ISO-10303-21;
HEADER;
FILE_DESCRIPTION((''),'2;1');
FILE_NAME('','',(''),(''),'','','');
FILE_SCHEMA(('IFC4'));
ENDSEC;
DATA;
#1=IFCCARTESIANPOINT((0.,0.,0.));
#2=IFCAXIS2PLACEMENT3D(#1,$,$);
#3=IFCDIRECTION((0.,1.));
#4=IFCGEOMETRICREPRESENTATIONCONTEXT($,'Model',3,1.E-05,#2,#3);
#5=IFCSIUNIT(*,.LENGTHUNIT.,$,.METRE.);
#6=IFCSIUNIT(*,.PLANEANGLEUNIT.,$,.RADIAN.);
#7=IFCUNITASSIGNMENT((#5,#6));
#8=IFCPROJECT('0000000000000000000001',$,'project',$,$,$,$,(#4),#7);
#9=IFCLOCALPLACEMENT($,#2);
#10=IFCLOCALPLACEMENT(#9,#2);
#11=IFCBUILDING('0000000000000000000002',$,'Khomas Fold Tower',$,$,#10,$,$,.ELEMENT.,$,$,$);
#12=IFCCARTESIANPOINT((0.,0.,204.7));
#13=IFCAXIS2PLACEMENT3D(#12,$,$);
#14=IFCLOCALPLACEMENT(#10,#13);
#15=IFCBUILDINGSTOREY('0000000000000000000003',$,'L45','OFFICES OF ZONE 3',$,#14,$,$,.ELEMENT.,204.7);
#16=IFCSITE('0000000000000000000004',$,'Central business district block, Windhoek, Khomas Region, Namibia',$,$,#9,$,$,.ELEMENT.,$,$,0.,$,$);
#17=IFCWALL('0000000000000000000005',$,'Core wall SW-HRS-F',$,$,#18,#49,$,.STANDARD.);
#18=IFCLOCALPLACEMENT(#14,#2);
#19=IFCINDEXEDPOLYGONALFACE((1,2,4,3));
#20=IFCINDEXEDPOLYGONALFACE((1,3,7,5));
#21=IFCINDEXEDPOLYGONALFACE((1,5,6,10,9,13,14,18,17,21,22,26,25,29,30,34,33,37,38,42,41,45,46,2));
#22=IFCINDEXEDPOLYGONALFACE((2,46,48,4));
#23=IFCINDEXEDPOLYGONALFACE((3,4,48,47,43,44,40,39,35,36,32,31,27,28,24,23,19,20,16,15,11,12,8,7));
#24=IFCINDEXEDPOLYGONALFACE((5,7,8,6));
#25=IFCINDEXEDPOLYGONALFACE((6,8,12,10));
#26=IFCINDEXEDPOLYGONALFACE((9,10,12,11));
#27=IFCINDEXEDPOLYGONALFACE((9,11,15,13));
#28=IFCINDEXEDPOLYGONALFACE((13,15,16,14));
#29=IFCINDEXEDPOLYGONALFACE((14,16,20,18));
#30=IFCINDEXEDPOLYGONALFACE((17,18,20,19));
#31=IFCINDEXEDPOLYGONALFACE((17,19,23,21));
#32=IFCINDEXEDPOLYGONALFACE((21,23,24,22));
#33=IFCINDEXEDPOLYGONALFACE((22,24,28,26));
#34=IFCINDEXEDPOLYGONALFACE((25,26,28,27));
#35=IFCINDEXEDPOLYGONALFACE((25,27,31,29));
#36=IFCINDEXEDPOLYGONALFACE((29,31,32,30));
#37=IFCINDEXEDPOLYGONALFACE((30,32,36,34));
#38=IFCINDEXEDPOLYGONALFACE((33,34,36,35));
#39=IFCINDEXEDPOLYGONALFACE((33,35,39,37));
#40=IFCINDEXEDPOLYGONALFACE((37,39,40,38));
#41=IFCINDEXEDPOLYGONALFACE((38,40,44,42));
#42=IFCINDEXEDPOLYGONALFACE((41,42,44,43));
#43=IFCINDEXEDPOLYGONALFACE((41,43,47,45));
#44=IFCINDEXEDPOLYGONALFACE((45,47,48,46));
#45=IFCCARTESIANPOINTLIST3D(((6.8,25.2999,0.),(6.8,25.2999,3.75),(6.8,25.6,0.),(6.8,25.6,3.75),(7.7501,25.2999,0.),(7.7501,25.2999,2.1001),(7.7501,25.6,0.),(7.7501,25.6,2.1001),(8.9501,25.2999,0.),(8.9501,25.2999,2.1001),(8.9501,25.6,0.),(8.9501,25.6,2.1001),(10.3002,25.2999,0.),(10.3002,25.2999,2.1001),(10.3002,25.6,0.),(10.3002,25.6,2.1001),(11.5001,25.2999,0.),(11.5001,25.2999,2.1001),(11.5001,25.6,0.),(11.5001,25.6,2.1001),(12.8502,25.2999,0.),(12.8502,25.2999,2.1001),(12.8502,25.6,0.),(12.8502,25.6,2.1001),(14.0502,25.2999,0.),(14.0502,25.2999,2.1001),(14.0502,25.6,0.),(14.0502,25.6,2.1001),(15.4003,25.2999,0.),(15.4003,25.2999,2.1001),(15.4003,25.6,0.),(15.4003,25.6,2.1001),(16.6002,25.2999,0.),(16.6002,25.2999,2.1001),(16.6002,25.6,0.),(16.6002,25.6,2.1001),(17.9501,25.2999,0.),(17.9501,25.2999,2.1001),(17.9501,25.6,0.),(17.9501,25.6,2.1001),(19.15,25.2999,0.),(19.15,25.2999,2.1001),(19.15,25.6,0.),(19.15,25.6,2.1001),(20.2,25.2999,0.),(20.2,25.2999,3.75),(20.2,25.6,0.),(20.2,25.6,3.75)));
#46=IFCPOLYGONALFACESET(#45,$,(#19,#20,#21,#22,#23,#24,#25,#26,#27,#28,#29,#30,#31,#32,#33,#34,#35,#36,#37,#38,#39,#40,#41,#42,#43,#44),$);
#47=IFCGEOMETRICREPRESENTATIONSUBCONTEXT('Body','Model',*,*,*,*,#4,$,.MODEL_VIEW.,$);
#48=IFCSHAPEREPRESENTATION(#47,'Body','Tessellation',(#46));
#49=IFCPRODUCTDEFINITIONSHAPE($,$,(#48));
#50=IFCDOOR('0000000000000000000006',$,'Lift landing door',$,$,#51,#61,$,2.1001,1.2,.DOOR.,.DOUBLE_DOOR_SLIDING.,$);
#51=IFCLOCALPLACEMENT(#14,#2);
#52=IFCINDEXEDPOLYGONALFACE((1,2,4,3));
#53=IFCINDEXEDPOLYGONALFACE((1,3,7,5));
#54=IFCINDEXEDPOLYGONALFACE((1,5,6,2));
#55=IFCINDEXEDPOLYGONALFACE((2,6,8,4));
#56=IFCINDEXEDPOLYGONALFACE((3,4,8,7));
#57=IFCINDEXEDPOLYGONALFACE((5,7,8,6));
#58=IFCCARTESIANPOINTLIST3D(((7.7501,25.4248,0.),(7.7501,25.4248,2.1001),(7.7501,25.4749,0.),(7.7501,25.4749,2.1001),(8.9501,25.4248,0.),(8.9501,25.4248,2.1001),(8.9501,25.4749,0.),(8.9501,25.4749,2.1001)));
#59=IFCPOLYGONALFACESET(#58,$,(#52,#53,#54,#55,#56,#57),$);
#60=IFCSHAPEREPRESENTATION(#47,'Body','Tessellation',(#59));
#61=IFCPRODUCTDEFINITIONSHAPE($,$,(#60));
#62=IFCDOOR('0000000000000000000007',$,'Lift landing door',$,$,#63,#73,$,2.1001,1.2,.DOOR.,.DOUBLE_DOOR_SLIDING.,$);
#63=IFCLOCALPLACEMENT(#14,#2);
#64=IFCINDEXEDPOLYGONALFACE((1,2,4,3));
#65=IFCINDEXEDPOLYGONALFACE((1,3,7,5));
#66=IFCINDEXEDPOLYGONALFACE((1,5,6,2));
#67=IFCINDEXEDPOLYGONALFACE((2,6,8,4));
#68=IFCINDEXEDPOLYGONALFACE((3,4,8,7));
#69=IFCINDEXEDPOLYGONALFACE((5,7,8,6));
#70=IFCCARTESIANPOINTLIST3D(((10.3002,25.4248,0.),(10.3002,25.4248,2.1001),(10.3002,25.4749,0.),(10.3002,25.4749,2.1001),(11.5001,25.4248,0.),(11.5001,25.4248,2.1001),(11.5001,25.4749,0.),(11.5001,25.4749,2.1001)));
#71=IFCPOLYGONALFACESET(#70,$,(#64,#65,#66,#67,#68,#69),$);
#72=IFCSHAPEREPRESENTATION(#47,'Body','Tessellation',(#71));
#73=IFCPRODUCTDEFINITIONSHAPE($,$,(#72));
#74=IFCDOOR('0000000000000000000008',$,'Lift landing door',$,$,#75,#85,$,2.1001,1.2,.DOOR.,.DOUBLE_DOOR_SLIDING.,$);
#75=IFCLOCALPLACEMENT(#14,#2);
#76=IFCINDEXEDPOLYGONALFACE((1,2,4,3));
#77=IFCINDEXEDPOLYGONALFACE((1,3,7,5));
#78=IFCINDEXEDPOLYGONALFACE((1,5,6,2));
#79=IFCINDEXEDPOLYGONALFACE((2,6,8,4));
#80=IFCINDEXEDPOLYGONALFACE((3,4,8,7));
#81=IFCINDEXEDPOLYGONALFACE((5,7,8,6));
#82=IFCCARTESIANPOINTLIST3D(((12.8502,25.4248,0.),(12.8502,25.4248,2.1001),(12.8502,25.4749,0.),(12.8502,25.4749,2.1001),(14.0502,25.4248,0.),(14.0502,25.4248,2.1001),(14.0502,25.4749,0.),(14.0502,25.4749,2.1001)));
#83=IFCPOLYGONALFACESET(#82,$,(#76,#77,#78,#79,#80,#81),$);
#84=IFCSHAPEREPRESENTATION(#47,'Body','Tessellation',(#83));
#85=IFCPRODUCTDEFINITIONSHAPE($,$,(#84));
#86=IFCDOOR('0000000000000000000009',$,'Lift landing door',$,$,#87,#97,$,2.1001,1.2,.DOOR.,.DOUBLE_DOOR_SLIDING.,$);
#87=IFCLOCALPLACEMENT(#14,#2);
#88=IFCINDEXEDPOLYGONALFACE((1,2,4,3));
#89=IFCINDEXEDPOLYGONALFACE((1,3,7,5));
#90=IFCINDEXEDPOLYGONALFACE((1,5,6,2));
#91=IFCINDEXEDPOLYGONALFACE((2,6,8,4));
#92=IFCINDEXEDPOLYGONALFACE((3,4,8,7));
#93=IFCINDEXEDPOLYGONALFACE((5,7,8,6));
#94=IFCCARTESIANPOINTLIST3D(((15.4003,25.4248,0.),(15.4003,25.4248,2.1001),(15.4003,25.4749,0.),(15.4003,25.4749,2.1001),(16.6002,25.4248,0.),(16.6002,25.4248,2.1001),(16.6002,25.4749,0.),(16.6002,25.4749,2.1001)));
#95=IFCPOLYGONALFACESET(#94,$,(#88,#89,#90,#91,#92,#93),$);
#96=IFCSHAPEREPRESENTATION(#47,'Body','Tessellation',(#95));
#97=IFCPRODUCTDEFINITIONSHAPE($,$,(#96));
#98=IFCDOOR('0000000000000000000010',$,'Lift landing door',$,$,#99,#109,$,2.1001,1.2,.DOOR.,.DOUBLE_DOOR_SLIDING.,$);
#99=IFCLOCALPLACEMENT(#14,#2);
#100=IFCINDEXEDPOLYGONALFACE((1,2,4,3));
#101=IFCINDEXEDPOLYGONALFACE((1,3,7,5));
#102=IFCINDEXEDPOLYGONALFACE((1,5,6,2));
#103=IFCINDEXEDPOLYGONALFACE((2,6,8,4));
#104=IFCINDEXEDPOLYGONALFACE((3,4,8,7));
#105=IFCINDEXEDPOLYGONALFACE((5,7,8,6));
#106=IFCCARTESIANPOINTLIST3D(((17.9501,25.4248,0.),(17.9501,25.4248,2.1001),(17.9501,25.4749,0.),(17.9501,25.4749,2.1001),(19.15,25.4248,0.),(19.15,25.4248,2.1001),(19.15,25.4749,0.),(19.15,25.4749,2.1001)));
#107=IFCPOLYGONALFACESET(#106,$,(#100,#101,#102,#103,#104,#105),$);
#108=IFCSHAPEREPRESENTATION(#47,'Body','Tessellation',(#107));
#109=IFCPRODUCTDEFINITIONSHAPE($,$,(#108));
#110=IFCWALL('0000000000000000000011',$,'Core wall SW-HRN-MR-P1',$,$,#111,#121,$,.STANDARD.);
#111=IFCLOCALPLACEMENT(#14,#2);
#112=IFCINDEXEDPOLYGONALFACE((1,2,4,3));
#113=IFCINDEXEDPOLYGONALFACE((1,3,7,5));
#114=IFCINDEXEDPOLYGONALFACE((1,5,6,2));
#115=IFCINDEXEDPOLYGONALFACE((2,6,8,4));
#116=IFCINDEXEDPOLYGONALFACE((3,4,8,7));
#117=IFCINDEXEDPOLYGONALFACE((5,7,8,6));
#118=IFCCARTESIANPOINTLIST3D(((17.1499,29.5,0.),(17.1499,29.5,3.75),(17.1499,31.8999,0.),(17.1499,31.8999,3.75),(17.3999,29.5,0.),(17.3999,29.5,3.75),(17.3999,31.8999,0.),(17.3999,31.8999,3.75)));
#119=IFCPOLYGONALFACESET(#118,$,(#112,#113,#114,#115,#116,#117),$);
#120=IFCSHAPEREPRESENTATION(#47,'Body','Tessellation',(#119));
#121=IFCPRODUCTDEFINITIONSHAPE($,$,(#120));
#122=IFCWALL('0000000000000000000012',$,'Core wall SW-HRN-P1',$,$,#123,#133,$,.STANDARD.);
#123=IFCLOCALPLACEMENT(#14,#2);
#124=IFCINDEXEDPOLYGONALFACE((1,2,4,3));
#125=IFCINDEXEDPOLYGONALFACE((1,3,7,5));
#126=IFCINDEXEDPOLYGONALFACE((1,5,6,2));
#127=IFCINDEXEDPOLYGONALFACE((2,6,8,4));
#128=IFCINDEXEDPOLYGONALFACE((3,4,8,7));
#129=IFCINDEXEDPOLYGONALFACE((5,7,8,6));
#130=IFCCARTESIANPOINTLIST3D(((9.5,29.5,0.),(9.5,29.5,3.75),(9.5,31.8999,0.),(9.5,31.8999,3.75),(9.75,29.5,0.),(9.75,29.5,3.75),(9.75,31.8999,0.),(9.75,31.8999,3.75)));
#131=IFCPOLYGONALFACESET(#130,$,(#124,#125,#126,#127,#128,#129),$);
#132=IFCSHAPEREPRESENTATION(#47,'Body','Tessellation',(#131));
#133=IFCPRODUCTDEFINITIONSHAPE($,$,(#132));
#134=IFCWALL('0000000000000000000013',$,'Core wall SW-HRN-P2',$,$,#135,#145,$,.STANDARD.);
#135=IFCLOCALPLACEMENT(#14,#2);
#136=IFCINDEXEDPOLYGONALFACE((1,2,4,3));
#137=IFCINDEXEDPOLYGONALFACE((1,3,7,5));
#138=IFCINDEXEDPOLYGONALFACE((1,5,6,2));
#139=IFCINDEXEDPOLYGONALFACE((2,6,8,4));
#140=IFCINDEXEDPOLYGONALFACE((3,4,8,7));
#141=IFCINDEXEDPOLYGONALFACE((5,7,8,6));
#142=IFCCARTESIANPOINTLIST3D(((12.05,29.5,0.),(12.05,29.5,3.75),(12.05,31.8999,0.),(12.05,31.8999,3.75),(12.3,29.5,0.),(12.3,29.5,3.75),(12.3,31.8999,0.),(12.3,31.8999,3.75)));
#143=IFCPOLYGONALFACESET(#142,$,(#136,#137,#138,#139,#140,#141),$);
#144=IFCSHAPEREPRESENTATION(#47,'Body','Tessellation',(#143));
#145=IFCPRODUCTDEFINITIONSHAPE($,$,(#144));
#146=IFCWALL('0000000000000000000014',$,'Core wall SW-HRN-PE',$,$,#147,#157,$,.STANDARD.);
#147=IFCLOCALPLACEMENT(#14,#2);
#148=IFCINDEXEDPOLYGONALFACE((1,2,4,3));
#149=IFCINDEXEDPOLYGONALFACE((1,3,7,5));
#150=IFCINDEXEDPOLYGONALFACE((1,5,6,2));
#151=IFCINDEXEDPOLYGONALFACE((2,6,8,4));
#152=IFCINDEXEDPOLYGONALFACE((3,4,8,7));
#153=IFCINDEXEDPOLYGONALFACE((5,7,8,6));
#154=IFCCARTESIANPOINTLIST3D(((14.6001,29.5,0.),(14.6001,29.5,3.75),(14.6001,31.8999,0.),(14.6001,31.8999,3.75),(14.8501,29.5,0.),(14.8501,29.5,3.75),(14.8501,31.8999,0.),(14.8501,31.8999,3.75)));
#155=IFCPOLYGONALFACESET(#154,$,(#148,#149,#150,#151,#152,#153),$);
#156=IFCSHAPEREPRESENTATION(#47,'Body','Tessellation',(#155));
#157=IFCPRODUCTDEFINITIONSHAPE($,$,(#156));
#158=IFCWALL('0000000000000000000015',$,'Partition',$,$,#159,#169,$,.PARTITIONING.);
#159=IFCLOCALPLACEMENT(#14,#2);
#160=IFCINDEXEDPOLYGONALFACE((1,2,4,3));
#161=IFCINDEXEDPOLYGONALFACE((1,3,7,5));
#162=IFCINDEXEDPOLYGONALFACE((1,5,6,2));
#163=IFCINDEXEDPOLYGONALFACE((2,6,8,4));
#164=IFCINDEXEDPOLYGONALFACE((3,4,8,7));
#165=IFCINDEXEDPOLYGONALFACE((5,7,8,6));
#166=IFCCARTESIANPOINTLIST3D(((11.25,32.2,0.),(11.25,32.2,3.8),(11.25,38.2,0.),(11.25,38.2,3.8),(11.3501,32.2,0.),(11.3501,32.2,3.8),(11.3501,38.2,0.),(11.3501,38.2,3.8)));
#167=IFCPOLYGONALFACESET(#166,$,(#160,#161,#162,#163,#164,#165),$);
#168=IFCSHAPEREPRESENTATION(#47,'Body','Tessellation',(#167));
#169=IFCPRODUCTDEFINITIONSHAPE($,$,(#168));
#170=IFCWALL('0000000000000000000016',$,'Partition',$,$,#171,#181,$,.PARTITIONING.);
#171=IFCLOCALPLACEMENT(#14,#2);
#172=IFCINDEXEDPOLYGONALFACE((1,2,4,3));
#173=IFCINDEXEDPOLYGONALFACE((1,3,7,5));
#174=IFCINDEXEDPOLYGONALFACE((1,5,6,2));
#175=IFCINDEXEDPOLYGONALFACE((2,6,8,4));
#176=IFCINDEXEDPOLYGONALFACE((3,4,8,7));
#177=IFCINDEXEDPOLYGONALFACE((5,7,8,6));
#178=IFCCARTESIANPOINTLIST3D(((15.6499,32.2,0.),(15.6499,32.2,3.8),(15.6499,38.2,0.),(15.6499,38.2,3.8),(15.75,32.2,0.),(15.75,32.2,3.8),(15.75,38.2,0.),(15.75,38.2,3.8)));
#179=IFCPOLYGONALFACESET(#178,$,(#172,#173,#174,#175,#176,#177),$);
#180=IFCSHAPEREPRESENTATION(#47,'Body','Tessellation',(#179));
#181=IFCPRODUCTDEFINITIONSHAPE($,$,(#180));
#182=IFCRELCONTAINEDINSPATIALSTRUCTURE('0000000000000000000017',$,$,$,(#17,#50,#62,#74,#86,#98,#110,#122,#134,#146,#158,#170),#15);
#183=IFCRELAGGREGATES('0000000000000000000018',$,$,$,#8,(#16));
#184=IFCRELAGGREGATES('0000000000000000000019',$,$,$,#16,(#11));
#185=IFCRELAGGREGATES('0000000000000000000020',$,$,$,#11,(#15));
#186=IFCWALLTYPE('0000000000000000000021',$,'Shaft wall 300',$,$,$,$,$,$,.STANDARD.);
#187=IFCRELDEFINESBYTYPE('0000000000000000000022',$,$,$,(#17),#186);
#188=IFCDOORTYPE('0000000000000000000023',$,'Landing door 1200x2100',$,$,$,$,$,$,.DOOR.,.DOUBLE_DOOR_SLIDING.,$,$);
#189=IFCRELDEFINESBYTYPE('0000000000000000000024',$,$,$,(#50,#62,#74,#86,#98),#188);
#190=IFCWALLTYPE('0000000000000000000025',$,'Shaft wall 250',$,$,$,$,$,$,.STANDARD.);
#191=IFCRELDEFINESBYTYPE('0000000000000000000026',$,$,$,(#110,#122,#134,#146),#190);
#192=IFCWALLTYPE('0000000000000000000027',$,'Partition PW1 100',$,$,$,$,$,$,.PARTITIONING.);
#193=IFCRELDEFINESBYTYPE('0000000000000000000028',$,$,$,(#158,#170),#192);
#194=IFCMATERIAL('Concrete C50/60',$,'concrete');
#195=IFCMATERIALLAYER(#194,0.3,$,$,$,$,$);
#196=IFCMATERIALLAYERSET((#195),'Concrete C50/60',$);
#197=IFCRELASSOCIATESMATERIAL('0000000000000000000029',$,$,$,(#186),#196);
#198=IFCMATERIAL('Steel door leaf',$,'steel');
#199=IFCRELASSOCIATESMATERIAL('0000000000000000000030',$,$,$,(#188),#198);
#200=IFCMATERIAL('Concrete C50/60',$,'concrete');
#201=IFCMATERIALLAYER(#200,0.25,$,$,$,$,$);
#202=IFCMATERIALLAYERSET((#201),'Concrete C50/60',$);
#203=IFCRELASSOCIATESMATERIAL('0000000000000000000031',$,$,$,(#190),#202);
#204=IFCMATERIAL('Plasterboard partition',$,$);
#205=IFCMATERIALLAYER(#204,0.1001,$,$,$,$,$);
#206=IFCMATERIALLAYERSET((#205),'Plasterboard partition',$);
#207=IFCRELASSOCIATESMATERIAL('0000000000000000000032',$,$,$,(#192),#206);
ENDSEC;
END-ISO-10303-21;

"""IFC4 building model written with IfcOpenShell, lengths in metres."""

from ifc_helpers import new_model, si_unit, direction, frame, frame_2d, origin, place, context, subcontext, project, spatial, rectangle, extrude, source, transform, mapped, material, layer, layer_set, type_object, element, fill, save


model = new_model("IFC4")

# Units and contexts
model_context = context("Model", 3, precision=1e-05, world=origin(), true_north=direction((0.0, 1.0)))
body_context = subcontext(model_context, "Body", "Model", "MODEL_VIEW")
ifc_project = project(units=[si_unit("LENGTHUNIT", "METRE"), si_unit("PLANEANGLEUNIT", "RADIAN")], contexts=[model_context])

# Site, building, storey
site_placement = place(None, origin())
site = spatial("IfcSite", under=ifc_project, at=site_placement, Name="Central business district block, Windhoek, Khomas Region, Namibia", CompositionType="ELEMENT", RefElevation=0.0)
building_placement = place(site_placement, origin())
building = spatial("IfcBuilding", under=site, at=building_placement, Name="Khomas Fold Tower", CompositionType="ELEMENT")
storey_placement = place(building_placement, frame((0.0, 0.0, 204.7)))
storey = spatial("IfcBuildingStorey", under=building, at=storey_placement, Name="L45", Description="OFFICES OF ZONE 3", CompositionType="ELEMENT", Elevation=204.7)

# Shared definitions
ifc_material_1 = material(Name="Concrete C50/60", Category="concrete")
ifc_layer_1 = layer(ifc_material_1, 0.3)
ifc_layer_set_1 = layer_set([ifc_layer_1], Name="Concrete C50/60")
wall_type_1 = type_object("IfcWallType", Name="Shaft wall 300", PredefinedType="STANDARD", material=ifc_layer_set_1)
shared_shape_1 = source(origin(), body_context, "Body", "SweptSolid", [
    extrude(rectangle(XDim=13.3999, YDim=0.3, at=frame_2d((6.7, 0.0))), origin(), (0.0, 0.0, 1.0), 3.75),
])

# Wall, openings, doors
shared_shape_2 = source(origin(), body_context, "Body", "SweptSolid", [
    extrude(rectangle(XDim=1.2, YDim=2.1001, at=frame_2d((0.6001, 1.05))), frame((0.0, 0.1599, 0.0), z_axis=(0.0, -1.0, 0.0), x_axis=(1.0, 0.0, 0.0)), (0.0, 0.0, 1.0), 0.3201),
])
ifc_material_2 = material(Name="Steel door leaf", Category="steel")
door_type_1 = type_object("IfcDoorType", Name="Landing door 1200x2100", OperationType="DOUBLE_DOOR_SLIDING", PredefinedType="DOOR", material=ifc_material_2)
shared_shape_3 = source(origin(), body_context, "Body", "SweptSolid", [
    extrude(rectangle(XDim=1.2, YDim=2.1001, at=frame_2d((0.6001, 1.05))), frame((0.0, 0.0249, 0.0), z_axis=(0.0, -1.0, 0.0), x_axis=(1.0, 0.0, 0.0)), (0.0, 0.0, 1.0), 0.05),
])
wall_1_placement = place(storey_placement, frame((6.8, 25.45, 0.0), z_axis=(0.0, 0.0, 1.0), x_axis=(1.0, 0.0, 0.0)))
wall_1 = element("IfcWall", 1, at=wall_1_placement, inside=storey, type_object=wall_type_1, Name="Core wall SW-HRS-F", PredefinedType="STANDARD", context=body_context, shape_type="MappedRepresentation", body=[
    mapped(shared_shape_1, transform((0.0, 0.0, 0.0))),
])
opening_1_placement = place(wall_1_placement, frame((0.95, 0.0, 0.0)))
opening_1 = element("IfcOpeningElement", 2, at=opening_1_placement, cuts=wall_1, PredefinedType="OPENING", context=body_context, shape_type="MappedRepresentation", body=[
    mapped(shared_shape_2, transform((0.0, 0.0, 0.0))),
])
opening_2_placement = place(wall_1_placement, frame((3.5, 0.0, 0.0)))
opening_2 = element("IfcOpeningElement", 3, at=opening_2_placement, cuts=wall_1, PredefinedType="OPENING", context=body_context, shape_type="MappedRepresentation", body=[
    mapped(shared_shape_2, transform((0.0, 0.0, 0.0))),
])
opening_3_placement = place(wall_1_placement, frame((6.05, 0.0, 0.0)))
opening_3 = element("IfcOpeningElement", 4, at=opening_3_placement, cuts=wall_1, PredefinedType="OPENING", context=body_context, shape_type="MappedRepresentation", body=[
    mapped(shared_shape_2, transform((0.0, 0.0, 0.0))),
])
opening_4_placement = place(wall_1_placement, frame((8.6001, 0.0, 0.0)))
opening_4 = element("IfcOpeningElement", 5, at=opening_4_placement, cuts=wall_1, PredefinedType="OPENING", context=body_context, shape_type="MappedRepresentation", body=[
    mapped(shared_shape_2, transform((0.0, 0.0, 0.0))),
])
opening_5_placement = place(wall_1_placement, frame((11.1499, 0.0, 0.0)))
opening_5 = element("IfcOpeningElement", 6, at=opening_5_placement, cuts=wall_1, PredefinedType="OPENING", context=body_context, shape_type="MappedRepresentation", body=[
    mapped(shared_shape_2, transform((0.0, 0.0, 0.0))),
])
door_1_placement = place(opening_1_placement, origin())
door_1 = element("IfcDoor", 7, at=door_1_placement, inside=storey, type_object=door_type_1, Name="Lift landing door", OperationType="DOUBLE_DOOR_SLIDING", OverallHeight=2.1001, OverallWidth=1.2, PredefinedType="DOOR", context=body_context, shape_type="MappedRepresentation", body=[
    mapped(shared_shape_3, transform((0.0, 0.0, 0.0))),
])
fill(opening_1, door_1)
door_2_placement = place(opening_2_placement, origin())
door_2 = element("IfcDoor", 8, at=door_2_placement, inside=storey, type_object=door_type_1, Name="Lift landing door", OperationType="DOUBLE_DOOR_SLIDING", OverallHeight=2.1001, OverallWidth=1.2, PredefinedType="DOOR", context=body_context, shape_type="MappedRepresentation", body=[
    mapped(shared_shape_3, transform((0.0, 0.0, 0.0))),
])
fill(opening_2, door_2)
door_3_placement = place(opening_3_placement, origin())
door_3 = element("IfcDoor", 9, at=door_3_placement, inside=storey, type_object=door_type_1, Name="Lift landing door", OperationType="DOUBLE_DOOR_SLIDING", OverallHeight=2.1001, OverallWidth=1.2, PredefinedType="DOOR", context=body_context, shape_type="MappedRepresentation", body=[
    mapped(shared_shape_3, transform((0.0, 0.0, 0.0))),
])
fill(opening_3, door_3)
door_4_placement = place(opening_4_placement, origin())
door_4 = element("IfcDoor", 10, at=door_4_placement, inside=storey, type_object=door_type_1, Name="Lift landing door", OperationType="DOUBLE_DOOR_SLIDING", OverallHeight=2.1001, OverallWidth=1.2, PredefinedType="DOOR", context=body_context, shape_type="MappedRepresentation", body=[
    mapped(shared_shape_3, transform((0.0, 0.0, 0.0))),
])
fill(opening_4, door_4)
door_5_placement = place(opening_5_placement, origin())
door_5 = element("IfcDoor", 11, at=door_5_placement, inside=storey, type_object=door_type_1, Name="Lift landing door", OperationType="DOUBLE_DOOR_SLIDING", OverallHeight=2.1001, OverallWidth=1.2, PredefinedType="DOOR", context=body_context, shape_type="MappedRepresentation", body=[
    mapped(shared_shape_3, transform((0.0, 0.0, 0.0))),
])
fill(opening_5, door_5)

# Walls
ifc_material_3 = material(Name="Concrete C50/60", Category="concrete")
ifc_layer_2 = layer(ifc_material_3, 0.25)
ifc_layer_set_2 = layer_set([ifc_layer_2], Name="Concrete C50/60")
wall_type_2 = type_object("IfcWallType", Name="Shaft wall 250", PredefinedType="STANDARD", material=ifc_layer_set_2)
shared_shape_4 = source(origin(), body_context, "Body", "SweptSolid", [
    extrude(rectangle(XDim=2.3999, YDim=0.25, at=frame_2d((1.2, 0.0))), origin(), (0.0, 0.0, 1.0), 3.75),
])
for number, where, z_axis, x_axis, name in (
    (12, (17.2749, 29.5, 0.0), (0.0, 0.0, 1.0), (0.0, 1.0, 0.0), "Core wall SW-HRN-MR-P1"),
    (13, (9.625, 29.5, 0.0), (0.0, 0.0, 1.0), (0.0, 1.0, 0.0), "Core wall SW-HRN-P1"),
    (14, (12.175, 29.5, 0.0), (0.0, 0.0, 1.0), (0.0, 1.0, 0.0), "Core wall SW-HRN-P2"),
    (15, (14.7251, 29.5, 0.0), (0.0, 0.0, 1.0), (0.0, 1.0, 0.0), "Core wall SW-HRN-PE"),
):
    element("IfcWall", number, at=place(storey_placement, frame(where, z_axis=z_axis, x_axis=x_axis)), inside=storey, type_object=wall_type_2, Name=name, PredefinedType="STANDARD", context=body_context, shape_type="MappedRepresentation", body=[
        mapped(shared_shape_4, transform((0.0, 0.0, 0.0))),
    ])
ifc_material_4 = material(Name="Plasterboard partition")
ifc_layer_3 = layer(ifc_material_4, 0.1001)
ifc_layer_set_3 = layer_set([ifc_layer_3], Name="Plasterboard partition")
wall_type_3 = type_object("IfcWallType", Name="Partition PW1 100", PredefinedType="PARTITIONING", material=ifc_layer_set_3)
shared_shape_5 = source(origin(), body_context, "Body", "SweptSolid", [
    extrude(rectangle(XDim=6.0, YDim=0.1001, at=frame_2d((3.0, 0.0))), origin(), (0.0, 0.0, 1.0), 3.8),
])
for number, where, z_axis, x_axis, name in (
    (16, (11.3, 32.2, 0.0), (0.0, 0.0, 1.0), (0.0, 1.0, 0.0), "Partition"),
    (17, (15.7, 32.2, 0.0), (0.0, 0.0, 1.0), (0.0, 1.0, 0.0), "Partition"),
):
    element("IfcWall", number, at=place(storey_placement, frame(where, z_axis=z_axis, x_axis=x_axis)), inside=storey, type_object=wall_type_3, Name=name, PredefinedType="PARTITIONING", context=body_context, shape_type="MappedRepresentation", body=[
        mapped(shared_shape_5, transform((0.0, 0.0, 0.0))),
    ])

save(model, "model.ifc")
